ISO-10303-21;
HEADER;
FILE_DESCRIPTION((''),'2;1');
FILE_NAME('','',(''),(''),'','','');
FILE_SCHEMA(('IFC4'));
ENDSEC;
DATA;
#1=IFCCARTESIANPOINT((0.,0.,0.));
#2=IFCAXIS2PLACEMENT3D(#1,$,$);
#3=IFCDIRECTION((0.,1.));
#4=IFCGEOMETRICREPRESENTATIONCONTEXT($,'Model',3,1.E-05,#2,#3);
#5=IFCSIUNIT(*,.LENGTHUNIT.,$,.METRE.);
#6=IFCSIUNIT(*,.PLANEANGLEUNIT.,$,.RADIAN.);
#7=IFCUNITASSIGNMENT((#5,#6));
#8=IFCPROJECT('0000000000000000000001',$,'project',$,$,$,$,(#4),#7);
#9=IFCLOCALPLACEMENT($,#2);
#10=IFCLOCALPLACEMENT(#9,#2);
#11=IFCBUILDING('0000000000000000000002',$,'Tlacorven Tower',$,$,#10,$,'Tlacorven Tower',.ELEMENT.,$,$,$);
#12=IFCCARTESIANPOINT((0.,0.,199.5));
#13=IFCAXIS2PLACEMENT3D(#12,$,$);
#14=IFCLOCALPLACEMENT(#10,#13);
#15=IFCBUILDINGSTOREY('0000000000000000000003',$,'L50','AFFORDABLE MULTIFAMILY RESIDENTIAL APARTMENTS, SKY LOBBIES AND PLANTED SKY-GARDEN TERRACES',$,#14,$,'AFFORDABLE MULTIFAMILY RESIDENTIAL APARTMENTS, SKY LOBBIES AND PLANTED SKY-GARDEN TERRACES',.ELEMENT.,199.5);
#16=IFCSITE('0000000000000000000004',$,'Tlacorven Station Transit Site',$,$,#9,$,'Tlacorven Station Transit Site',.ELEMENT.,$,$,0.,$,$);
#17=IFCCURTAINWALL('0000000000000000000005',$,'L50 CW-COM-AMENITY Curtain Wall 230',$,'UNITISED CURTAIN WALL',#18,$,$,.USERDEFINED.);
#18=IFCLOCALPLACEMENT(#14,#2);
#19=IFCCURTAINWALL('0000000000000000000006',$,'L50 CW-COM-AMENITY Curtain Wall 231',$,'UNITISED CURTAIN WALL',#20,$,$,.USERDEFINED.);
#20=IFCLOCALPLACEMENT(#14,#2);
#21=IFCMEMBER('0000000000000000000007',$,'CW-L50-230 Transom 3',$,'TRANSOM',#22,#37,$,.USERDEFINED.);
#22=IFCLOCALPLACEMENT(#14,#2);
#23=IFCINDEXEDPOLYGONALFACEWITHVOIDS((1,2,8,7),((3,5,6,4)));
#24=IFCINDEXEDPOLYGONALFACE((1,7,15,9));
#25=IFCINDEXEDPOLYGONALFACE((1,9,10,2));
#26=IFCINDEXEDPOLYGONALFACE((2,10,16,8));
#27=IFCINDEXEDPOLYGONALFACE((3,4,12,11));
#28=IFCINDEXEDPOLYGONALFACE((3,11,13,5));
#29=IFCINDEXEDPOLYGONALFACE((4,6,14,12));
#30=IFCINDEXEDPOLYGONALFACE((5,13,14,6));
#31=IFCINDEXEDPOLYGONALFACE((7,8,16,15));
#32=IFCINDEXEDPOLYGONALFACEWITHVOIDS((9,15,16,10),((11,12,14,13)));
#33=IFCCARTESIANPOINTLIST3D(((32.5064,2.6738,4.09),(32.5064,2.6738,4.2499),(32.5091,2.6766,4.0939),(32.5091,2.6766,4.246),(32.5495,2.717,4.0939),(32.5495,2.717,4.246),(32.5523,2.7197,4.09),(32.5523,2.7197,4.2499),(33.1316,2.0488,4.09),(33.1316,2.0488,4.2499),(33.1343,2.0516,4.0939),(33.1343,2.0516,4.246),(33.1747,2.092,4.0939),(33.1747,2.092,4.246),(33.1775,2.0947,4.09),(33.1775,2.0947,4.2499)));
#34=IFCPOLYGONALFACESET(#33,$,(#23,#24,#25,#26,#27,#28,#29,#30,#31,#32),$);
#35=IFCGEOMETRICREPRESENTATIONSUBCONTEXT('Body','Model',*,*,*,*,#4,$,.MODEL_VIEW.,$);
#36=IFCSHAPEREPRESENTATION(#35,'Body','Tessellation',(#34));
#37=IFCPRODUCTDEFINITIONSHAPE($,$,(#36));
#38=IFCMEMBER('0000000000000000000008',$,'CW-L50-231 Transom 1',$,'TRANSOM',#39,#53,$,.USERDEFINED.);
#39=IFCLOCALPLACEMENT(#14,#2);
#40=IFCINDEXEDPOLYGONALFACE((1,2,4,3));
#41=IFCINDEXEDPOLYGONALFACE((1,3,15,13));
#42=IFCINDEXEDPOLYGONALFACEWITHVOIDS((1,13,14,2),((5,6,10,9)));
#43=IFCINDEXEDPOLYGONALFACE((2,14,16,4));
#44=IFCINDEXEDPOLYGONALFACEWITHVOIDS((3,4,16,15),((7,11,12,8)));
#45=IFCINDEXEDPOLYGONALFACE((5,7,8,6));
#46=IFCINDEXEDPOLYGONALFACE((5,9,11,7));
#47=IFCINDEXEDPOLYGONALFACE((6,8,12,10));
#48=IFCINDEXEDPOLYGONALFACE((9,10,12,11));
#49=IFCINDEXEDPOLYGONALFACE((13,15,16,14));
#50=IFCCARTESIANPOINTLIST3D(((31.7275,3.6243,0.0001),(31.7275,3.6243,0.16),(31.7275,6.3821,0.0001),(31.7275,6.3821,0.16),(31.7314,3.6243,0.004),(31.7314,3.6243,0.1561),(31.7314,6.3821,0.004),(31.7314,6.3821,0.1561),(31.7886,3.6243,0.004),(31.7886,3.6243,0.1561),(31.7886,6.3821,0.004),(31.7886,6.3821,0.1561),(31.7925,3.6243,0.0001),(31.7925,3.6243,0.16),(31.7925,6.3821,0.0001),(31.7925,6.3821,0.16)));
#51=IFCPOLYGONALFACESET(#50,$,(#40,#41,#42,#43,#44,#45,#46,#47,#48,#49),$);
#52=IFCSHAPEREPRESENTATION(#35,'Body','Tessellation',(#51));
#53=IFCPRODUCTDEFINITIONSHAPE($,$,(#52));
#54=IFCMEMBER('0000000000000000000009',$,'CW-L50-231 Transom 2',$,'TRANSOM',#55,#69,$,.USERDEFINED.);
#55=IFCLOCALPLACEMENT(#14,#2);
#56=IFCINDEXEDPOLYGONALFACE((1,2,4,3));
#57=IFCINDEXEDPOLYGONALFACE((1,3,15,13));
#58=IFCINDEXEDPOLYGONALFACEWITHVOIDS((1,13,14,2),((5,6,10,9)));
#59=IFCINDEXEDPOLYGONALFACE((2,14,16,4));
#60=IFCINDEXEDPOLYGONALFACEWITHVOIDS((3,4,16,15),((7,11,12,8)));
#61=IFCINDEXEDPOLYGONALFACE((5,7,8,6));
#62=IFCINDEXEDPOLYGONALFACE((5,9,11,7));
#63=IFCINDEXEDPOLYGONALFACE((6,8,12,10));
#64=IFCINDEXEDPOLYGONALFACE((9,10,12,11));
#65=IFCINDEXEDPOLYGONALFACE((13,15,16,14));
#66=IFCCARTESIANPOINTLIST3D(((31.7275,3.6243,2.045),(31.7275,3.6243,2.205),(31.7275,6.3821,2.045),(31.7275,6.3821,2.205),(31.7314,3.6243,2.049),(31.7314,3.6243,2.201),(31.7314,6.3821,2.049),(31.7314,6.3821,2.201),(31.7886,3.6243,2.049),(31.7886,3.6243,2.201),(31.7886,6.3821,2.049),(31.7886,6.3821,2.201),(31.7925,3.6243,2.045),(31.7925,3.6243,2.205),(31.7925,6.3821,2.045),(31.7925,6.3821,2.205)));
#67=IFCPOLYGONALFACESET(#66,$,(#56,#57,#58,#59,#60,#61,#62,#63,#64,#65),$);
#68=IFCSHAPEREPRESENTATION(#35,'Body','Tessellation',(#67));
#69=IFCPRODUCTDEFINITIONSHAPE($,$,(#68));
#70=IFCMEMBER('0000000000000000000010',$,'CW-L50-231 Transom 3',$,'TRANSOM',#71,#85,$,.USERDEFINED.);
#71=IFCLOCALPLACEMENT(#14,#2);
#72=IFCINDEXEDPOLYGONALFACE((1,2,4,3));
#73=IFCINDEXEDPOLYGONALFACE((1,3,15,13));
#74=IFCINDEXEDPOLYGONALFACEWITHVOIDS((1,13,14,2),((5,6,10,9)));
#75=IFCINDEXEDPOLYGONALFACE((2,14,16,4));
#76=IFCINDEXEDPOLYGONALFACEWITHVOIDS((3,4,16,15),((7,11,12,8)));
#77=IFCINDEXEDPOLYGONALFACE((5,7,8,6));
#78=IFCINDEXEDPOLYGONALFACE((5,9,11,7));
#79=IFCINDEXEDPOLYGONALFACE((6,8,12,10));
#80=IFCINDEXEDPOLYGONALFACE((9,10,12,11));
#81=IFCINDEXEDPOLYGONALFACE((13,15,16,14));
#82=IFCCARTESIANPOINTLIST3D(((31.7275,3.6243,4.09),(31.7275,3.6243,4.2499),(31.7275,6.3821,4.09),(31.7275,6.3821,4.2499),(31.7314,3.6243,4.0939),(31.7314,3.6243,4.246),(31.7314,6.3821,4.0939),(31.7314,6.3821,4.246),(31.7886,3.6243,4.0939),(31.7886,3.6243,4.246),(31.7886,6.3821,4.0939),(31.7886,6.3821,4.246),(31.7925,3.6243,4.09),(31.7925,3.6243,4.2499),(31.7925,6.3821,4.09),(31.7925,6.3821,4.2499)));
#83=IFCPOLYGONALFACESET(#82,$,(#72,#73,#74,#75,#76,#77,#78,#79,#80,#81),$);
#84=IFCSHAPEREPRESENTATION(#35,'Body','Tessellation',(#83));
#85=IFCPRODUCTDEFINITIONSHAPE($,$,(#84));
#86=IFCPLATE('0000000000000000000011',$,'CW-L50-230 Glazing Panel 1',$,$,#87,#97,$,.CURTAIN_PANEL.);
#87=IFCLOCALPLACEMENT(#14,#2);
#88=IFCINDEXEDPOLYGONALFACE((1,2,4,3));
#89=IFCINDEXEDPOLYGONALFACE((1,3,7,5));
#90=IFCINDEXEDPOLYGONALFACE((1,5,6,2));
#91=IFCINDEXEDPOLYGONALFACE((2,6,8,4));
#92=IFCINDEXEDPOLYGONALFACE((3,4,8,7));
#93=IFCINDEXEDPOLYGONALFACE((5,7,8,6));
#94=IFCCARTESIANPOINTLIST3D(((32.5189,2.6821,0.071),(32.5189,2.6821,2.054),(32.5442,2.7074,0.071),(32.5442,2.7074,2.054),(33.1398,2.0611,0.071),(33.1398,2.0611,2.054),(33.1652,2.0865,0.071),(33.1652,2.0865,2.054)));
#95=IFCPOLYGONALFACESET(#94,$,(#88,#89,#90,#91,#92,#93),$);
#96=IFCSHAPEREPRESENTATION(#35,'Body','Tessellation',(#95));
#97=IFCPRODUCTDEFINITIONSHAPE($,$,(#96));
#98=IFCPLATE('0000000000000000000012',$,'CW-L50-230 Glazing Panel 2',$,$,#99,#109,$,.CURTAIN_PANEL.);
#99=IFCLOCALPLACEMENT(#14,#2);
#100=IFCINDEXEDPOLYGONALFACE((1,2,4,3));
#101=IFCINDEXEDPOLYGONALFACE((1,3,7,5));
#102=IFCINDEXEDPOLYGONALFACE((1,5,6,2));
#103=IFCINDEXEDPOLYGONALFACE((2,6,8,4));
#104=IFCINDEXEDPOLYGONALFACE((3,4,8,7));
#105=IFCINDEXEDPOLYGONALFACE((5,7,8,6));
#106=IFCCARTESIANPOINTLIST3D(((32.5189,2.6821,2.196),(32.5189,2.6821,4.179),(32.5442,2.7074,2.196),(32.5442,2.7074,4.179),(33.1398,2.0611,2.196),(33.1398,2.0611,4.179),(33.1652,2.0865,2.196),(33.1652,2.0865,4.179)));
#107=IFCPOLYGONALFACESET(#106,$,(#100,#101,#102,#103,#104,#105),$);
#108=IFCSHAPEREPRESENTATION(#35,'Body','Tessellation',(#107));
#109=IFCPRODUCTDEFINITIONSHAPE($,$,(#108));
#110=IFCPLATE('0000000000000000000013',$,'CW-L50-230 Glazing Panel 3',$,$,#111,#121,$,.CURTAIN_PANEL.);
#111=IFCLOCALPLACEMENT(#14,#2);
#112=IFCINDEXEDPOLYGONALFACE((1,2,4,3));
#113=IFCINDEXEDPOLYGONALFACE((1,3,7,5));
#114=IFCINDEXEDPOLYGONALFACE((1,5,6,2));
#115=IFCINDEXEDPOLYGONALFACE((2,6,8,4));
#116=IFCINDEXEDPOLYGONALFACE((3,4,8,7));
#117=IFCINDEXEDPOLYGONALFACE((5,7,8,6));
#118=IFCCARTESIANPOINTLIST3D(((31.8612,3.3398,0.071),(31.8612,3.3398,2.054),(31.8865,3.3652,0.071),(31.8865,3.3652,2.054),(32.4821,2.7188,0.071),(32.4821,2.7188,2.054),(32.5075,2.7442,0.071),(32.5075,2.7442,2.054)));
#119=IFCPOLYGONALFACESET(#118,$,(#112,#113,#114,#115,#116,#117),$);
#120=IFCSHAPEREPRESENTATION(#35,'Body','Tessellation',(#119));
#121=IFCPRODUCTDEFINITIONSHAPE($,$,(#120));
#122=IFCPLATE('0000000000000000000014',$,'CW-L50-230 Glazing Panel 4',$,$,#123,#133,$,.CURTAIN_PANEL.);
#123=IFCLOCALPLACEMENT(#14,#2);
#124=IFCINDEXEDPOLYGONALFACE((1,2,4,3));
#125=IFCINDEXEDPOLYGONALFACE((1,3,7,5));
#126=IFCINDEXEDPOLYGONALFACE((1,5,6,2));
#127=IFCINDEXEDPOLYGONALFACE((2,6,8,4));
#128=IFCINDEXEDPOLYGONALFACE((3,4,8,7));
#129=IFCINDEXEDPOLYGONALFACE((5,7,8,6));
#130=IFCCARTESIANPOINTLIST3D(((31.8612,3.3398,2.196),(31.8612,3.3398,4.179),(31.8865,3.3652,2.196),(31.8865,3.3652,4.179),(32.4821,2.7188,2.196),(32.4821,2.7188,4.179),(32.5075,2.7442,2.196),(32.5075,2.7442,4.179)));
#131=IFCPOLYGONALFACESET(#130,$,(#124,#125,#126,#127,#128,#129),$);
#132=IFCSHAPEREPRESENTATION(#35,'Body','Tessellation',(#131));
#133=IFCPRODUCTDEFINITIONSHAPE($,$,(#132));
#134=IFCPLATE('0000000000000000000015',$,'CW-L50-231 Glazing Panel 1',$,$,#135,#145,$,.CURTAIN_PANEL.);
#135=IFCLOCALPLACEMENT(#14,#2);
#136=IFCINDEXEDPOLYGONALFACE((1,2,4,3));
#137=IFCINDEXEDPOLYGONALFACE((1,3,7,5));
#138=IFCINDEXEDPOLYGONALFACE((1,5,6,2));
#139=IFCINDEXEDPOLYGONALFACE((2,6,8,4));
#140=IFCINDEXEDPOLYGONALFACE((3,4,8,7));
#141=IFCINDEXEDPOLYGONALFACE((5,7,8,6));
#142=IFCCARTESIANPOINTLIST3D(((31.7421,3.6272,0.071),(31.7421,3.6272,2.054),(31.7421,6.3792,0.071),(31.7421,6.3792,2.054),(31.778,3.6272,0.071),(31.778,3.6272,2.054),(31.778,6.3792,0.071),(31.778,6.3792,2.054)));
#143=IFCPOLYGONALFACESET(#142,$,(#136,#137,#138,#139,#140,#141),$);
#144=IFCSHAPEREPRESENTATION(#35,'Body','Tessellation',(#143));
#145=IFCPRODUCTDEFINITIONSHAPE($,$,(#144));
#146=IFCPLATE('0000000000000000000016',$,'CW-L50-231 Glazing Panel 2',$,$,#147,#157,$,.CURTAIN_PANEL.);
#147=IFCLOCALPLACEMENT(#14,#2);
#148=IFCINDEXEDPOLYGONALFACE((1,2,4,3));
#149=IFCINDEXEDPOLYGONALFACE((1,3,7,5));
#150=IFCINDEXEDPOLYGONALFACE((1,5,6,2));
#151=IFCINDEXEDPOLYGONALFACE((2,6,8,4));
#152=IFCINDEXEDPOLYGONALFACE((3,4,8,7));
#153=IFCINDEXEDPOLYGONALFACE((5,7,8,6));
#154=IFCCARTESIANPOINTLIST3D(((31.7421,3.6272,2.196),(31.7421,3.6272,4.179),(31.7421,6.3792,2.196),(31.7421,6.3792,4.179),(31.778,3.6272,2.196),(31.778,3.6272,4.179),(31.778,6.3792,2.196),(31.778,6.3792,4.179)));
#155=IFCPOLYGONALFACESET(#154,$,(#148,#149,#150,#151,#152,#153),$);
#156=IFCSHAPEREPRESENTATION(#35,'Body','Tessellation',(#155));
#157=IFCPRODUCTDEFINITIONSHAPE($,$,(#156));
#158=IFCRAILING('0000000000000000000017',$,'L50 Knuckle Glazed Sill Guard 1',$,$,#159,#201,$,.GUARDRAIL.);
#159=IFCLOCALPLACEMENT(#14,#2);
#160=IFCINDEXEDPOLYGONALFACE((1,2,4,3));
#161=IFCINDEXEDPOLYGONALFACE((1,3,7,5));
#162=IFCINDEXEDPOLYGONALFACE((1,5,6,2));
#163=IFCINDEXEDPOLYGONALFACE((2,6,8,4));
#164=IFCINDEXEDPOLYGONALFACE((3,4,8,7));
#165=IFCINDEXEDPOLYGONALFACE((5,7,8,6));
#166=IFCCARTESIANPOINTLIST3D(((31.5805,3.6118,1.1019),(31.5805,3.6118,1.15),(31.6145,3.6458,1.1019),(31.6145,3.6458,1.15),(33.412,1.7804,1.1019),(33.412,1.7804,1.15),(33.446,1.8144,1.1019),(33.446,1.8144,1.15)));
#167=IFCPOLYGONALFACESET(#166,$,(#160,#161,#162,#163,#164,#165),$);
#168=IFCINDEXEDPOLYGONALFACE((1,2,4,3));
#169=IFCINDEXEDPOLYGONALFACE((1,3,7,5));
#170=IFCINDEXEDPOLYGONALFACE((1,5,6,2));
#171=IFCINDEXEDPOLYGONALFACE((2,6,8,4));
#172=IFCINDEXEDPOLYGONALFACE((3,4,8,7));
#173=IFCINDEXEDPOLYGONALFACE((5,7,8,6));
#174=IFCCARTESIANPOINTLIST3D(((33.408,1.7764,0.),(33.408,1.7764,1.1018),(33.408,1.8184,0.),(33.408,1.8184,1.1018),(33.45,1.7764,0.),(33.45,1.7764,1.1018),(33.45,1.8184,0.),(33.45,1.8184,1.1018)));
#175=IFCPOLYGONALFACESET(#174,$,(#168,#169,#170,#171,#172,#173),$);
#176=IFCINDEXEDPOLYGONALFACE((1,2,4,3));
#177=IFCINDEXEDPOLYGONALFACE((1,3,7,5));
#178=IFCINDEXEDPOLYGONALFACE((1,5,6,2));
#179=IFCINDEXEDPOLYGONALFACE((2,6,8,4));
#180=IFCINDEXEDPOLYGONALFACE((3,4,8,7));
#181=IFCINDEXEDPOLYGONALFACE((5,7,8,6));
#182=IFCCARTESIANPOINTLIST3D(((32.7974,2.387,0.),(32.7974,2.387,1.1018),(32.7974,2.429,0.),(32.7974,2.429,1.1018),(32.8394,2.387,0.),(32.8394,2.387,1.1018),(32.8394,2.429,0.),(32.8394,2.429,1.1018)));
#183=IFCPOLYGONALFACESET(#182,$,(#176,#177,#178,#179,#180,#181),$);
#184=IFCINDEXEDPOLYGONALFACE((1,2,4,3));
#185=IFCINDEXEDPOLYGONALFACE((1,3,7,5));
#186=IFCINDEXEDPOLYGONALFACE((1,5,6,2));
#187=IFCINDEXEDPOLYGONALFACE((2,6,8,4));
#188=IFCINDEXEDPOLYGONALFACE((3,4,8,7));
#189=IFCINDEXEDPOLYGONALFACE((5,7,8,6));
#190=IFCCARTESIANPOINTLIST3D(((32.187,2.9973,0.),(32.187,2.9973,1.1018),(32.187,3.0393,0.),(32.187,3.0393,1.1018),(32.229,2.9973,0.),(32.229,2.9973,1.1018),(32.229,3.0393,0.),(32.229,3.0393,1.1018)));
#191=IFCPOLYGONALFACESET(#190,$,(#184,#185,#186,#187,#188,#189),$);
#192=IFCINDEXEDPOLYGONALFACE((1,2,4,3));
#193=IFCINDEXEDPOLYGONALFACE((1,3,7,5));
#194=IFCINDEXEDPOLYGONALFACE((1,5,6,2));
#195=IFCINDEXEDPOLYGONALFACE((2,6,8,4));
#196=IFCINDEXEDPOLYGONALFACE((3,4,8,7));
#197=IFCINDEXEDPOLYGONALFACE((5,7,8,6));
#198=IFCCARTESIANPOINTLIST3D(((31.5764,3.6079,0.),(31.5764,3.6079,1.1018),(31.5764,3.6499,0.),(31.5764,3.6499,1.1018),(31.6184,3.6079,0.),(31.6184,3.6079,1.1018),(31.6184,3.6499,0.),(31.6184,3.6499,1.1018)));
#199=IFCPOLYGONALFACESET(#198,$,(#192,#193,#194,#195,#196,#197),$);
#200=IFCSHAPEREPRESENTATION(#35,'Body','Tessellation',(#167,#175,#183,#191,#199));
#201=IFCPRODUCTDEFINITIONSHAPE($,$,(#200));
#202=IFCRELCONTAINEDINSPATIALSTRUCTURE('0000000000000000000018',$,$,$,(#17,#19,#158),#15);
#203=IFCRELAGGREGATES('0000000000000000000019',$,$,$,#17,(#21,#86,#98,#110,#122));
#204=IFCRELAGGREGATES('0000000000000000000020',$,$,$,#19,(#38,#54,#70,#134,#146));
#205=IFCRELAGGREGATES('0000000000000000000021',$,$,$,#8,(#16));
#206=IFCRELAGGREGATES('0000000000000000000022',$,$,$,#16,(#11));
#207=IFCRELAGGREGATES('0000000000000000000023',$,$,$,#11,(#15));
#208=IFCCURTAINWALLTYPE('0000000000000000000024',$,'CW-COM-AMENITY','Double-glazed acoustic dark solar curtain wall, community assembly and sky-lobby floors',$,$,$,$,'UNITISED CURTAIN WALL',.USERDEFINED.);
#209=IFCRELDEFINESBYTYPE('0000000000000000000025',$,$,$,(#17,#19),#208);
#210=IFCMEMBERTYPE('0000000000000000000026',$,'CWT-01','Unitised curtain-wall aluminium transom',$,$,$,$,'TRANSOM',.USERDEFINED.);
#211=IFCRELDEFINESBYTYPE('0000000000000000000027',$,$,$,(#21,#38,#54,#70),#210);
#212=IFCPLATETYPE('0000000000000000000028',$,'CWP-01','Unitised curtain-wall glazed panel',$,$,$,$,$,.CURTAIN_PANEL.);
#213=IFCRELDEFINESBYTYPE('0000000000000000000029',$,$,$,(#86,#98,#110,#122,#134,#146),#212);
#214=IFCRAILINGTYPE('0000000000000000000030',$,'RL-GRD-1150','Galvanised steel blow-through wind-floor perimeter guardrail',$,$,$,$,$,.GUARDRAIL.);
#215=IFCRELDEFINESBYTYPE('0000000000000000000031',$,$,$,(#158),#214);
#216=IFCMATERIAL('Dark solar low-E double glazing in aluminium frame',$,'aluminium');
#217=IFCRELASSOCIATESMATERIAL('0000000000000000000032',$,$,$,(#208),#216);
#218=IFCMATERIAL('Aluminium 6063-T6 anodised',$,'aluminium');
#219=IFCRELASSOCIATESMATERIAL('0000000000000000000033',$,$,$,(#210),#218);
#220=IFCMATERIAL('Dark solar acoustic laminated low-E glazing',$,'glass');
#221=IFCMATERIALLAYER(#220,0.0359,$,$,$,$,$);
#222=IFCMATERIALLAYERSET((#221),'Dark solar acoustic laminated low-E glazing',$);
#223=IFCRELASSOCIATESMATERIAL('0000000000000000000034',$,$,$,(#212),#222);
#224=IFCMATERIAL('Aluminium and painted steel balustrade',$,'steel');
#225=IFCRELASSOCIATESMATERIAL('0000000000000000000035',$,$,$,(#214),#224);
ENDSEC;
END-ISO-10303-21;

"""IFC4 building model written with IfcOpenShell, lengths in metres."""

from ifc_helpers import new_model, si_unit, direction, frame, origin, origin_2d, place, context, subcontext, project, spatial, rectangle, hollow_rectangle, extrude, source, transform, mapped, material, layer, layer_set, material_profile, profile_set, type_object, element, aggregate, save


model = new_model("IFC4")

# Units and contexts
model_context = context("Model", 3, precision=1e-05, world=origin(), true_north=direction((0.0, 1.0)))
body_context = subcontext(model_context, "Body", "Model", "MODEL_VIEW")
ifc_project = project(units=[si_unit("LENGTHUNIT", "METRE"), si_unit("PLANEANGLEUNIT", "RADIAN")], contexts=[model_context])

# Site, building, storey
site_placement = place(None, origin())
site = spatial("IfcSite", under=ifc_project, at=site_placement, Name="Tlacorven Station Transit Site", LongName="Tlacorven Station Transit Site", CompositionType="ELEMENT", RefElevation=0.0)
building_placement = place(site_placement, origin())
building = spatial("IfcBuilding", under=site, at=building_placement, Name="Tlacorven Tower", LongName="Tlacorven Tower", CompositionType="ELEMENT")
storey_placement = place(building_placement, frame((0.0, 0.0, 199.5)))
storey = spatial("IfcBuildingStorey", under=building, at=storey_placement, Name="L50", Description="AFFORDABLE MULTIFAMILY RESIDENTIAL APARTMENTS, SKY LOBBIES AND PLANTED SKY-GARDEN TERRACES", LongName="AFFORDABLE MULTIFAMILY RESIDENTIAL APARTMENTS, SKY LOBBIES AND PLANTED SKY-GARDEN TERRACES", CompositionType="ELEMENT", Elevation=199.5)

# Shared definitions
ifc_material_1 = material(Name="Dark solar low-E double glazing in aluminium frame", Category="aluminium")
curtain_wall_type = type_object("IfcCurtainWallType", Name="CW-COM-AMENITY", Description="Double-glazed acoustic dark solar curtain wall, community assembly and sky-lobby floors", ElementType="UNITISED CURTAIN WALL", PredefinedType="USERDEFINED", material=ifc_material_1)
ifc_material_2 = material(Name="Aluminium 6063-T6 anodised", Category="aluminium")

# Curtain walls
curtain_wall_1_placement = place(storey_placement, origin())
curtain_wall_1 = element("IfcCurtainWall", 1, at=curtain_wall_1_placement, inside=storey, type_object=curtain_wall_type, Name="L50 CW-COM-AMENITY Curtain Wall 230", ObjectType="UNITISED CURTAIN WALL", PredefinedType="USERDEFINED")
curtain_wall_2_placement = place(storey_placement, origin())
curtain_wall_2 = element("IfcCurtainWall", 2, at=curtain_wall_2_placement, inside=storey, type_object=curtain_wall_type, Name="L50 CW-COM-AMENITY Curtain Wall 231", ObjectType="UNITISED CURTAIN WALL", PredefinedType="USERDEFINED")

# Members
ifc_material_profile_1 = material_profile(ifc_material_2, hollow_rectangle(XDim=0.0649, YDim=0.1599, WallThickness=0.0039, at=origin_2d()), Name="ALU TRANSOM 65X160")
ifc_profile_set_1 = profile_set([ifc_material_profile_1], Name="Aluminium 6063-T6 anodised")
member_type_1 = type_object("IfcMemberType", Name="CWT-01", Description="Unitised curtain-wall aluminium transom", ElementType="TRANSOM", PredefinedType="USERDEFINED", material=ifc_profile_set_1)
shared_shape_1 = source(origin(), body_context, "Body", "SweptSolid", [
    extrude(hollow_rectangle(XDim=0.0649, YDim=0.1599, WallThickness=0.0039, at=origin_2d()), origin(), (0.0, 0.0, 1.0), 0.884),
])
member_1_placement = place(storey_placement, frame((33.1545, 2.0718, 4.1699), z_axis=(-0.707245, 0.706969, 0.0), x_axis=(-0.706969, -0.707245, 0.0)))
member_1 = element("IfcMember", 3, at=member_1_placement, type_object=member_type_1, Name="CW-L50-230 Transom 3", ObjectType="TRANSOM", PredefinedType="USERDEFINED", context=body_context, shape_type="MappedRepresentation", body=[
    mapped(shared_shape_1, transform((0.0, 0.0, 0.0), scale=1.0)),
])
shared_shape_2 = source(origin(), body_context, "Body", "SweptSolid", [
    extrude(hollow_rectangle(XDim=0.0649, YDim=0.1599, WallThickness=0.0039, at=origin_2d()), origin(), (0.0, 0.0, 1.0), 2.7578),
])
member_2_placement = place(storey_placement, frame((31.76, 3.6243, 0.0801), z_axis=(0.0, 1.0, 0.0), x_axis=(-1.0, 0.0, 0.0)))
member_2 = element("IfcMember", 4, at=member_2_placement, type_object=member_type_1, Name="CW-L50-231 Transom 1", ObjectType="TRANSOM", PredefinedType="USERDEFINED", context=body_context, shape_type="MappedRepresentation", body=[
    mapped(shared_shape_2, transform((0.0, 0.0, 0.0), scale=1.0)),
])
member_3_placement = place(storey_placement, frame((31.76, 3.6243, 2.125), z_axis=(0.0, 1.0, 0.0), x_axis=(-1.0, 0.0, 0.0)))
member_3 = element("IfcMember", 5, at=member_3_placement, type_object=member_type_1, Name="CW-L50-231 Transom 2", ObjectType="TRANSOM", PredefinedType="USERDEFINED", context=body_context, shape_type="MappedRepresentation", body=[
    mapped(shared_shape_2, transform((0.0, 0.0, 0.0), scale=1.0)),
])
member_4_placement = place(storey_placement, frame((31.76, 3.6243, 4.1699), z_axis=(0.0, 1.0, 0.0), x_axis=(-1.0, 0.0, 0.0)))
member_4 = element("IfcMember", 6, at=member_4_placement, type_object=member_type_1, Name="CW-L50-231 Transom 3", ObjectType="TRANSOM", PredefinedType="USERDEFINED", context=body_context, shape_type="MappedRepresentation", body=[
    mapped(shared_shape_2, transform((0.0, 0.0, 0.0), scale=1.0)),
])

# Plates
ifc_material_3 = material(Name="Dark solar acoustic laminated low-E glazing", Category="glass")
ifc_layer = layer(ifc_material_3, 0.0359)
ifc_layer_set = layer_set([ifc_layer], Name="Dark solar acoustic laminated low-E glazing")
plate_type = type_object("IfcPlateType", Name="CWP-01", Description="Unitised curtain-wall glazed panel", PredefinedType="CURTAIN_PANEL", material=ifc_layer_set)
shared_shape_3 = source(origin(), body_context, "Body", "SweptSolid", [
    extrude(rectangle(XDim=0.8782, YDim=0.0359, at=origin_2d()), origin(), (0.0, 0.0, 1.0), 1.9829),
])
plate_1_placement = place(storey_placement, frame((32.842, 2.3843, 0.071), z_axis=(0.0, 0.0, 1.0), x_axis=(-0.707107, 0.707107, 0.0)))
plate_1 = element("IfcPlate", 7, at=plate_1_placement, type_object=plate_type, Name="CW-L50-230 Glazing Panel 1", PredefinedType="CURTAIN_PANEL", context=body_context, shape_type="MappedRepresentation", body=[
    mapped(shared_shape_3, transform((0.0, 0.0, 0.0), scale=1.0)),
])
plate_2_placement = place(storey_placement, frame((32.842, 2.3843, 2.196), z_axis=(0.0, 0.0, 1.0), x_axis=(-0.707107, 0.707107, 0.0)))
plate_2 = element("IfcPlate", 8, at=plate_2_placement, type_object=plate_type, Name="CW-L50-230 Glazing Panel 2", PredefinedType="CURTAIN_PANEL", context=body_context, shape_type="MappedRepresentation", body=[
    mapped(shared_shape_3, transform((0.0, 0.0, 0.0), scale=1.0)),
])
plate_3_placement = place(storey_placement, frame((32.1843, 3.042, 0.071), z_axis=(0.0, 0.0, 1.0), x_axis=(-0.707107, 0.707107, 0.0)))
plate_3 = element("IfcPlate", 9, at=plate_3_placement, type_object=plate_type, Name="CW-L50-230 Glazing Panel 3", PredefinedType="CURTAIN_PANEL", context=body_context, shape_type="MappedRepresentation", body=[
    mapped(shared_shape_3, transform((0.0, 0.0, 0.0), scale=1.0)),
])
plate_4_placement = place(storey_placement, frame((32.1843, 3.042, 2.196), z_axis=(0.0, 0.0, 1.0), x_axis=(-0.707107, 0.707107, 0.0)))
plate_4 = element("IfcPlate", 10, at=plate_4_placement, type_object=plate_type, Name="CW-L50-230 Glazing Panel 4", PredefinedType="CURTAIN_PANEL", context=body_context, shape_type="MappedRepresentation", body=[
    mapped(shared_shape_3, transform((0.0, 0.0, 0.0), scale=1.0)),
])
aggregate(curtain_wall_1, [member_1, plate_1, plate_2, plate_3, plate_4])
shared_shape_4 = source(origin(), body_context, "Body", "SweptSolid", [
    extrude(rectangle(XDim=2.752, YDim=0.0359, at=origin_2d()), origin(), (0.0, 0.0, 1.0), 1.9829),
])
plate_5_placement = place(storey_placement, frame((31.76, 5.0032, 0.071), z_axis=(0.0, 0.0, 1.0), x_axis=(0.0, 1.0, 0.0)))
plate_5 = element("IfcPlate", 11, at=plate_5_placement, type_object=plate_type, Name="CW-L50-231 Glazing Panel 1", PredefinedType="CURTAIN_PANEL", context=body_context, shape_type="MappedRepresentation", body=[
    mapped(shared_shape_4, transform((0.0, 0.0, 0.0), scale=1.0)),
])
plate_6_placement = place(storey_placement, frame((31.76, 5.0032, 2.196), z_axis=(0.0, 0.0, 1.0), x_axis=(0.0, 1.0, 0.0)))
plate_6 = element("IfcPlate", 12, at=plate_6_placement, type_object=plate_type, Name="CW-L50-231 Glazing Panel 2", PredefinedType="CURTAIN_PANEL", context=body_context, shape_type="MappedRepresentation", body=[
    mapped(shared_shape_4, transform((0.0, 0.0, 0.0), scale=1.0)),
])
aggregate(curtain_wall_2, [member_2, member_3, member_4, plate_5, plate_6])

# Railing
ifc_material_4 = material(Name="Aluminium and painted steel balustrade", Category="steel")
railing_type = type_object("IfcRailingType", Name="RL-GRD-1150", Description="Galvanised steel blow-through wind-floor perimeter guardrail", PredefinedType="GUARDRAIL", material=ifc_material_4)
shared_shape_5 = source(origin(), body_context, "Body", "SweptSolid", [
    extrude(rectangle(XDim=0.0481, YDim=0.0481, at=origin_2d()), frame((0.0, 0.0, 1.126), z_axis=(-0.707107, 0.707107, 0.0), x_axis=(-0.707107, -0.707107, 0.0)), (0.0, 0.0, 1.0), 2.5901),
    extrude(rectangle(XDim=0.042, YDim=0.042, at=origin_2d()), origin(), (0.0, 0.0, 1.0), 1.1018),
    extrude(rectangle(XDim=0.042, YDim=0.042, at=origin_2d()), frame((-0.6106, 0.6106, 0.0)), (0.0, 0.0, 1.0), 1.1018),
    extrude(rectangle(XDim=0.042, YDim=0.042, at=origin_2d()), frame((-1.2209, 1.2209, 0.0)), (0.0, 0.0, 1.0), 1.1018),
    extrude(rectangle(XDim=0.042, YDim=0.042, at=origin_2d()), frame((-1.8315, 1.8315, 0.0)), (0.0, 0.0, 1.0), 1.1018),
])
railing_placement = place(storey_placement, frame((33.429, 1.7974, 0.0)))
element("IfcRailing", 13, at=railing_placement, inside=storey, type_object=railing_type, Name="L50 Knuckle Glazed Sill Guard 1", PredefinedType="GUARDRAIL", context=body_context, shape_type="MappedRepresentation", body=[
    mapped(shared_shape_5, transform((0.0, 0.0, 0.0), scale=1.0)),
])

save(model, "model.ifc")
